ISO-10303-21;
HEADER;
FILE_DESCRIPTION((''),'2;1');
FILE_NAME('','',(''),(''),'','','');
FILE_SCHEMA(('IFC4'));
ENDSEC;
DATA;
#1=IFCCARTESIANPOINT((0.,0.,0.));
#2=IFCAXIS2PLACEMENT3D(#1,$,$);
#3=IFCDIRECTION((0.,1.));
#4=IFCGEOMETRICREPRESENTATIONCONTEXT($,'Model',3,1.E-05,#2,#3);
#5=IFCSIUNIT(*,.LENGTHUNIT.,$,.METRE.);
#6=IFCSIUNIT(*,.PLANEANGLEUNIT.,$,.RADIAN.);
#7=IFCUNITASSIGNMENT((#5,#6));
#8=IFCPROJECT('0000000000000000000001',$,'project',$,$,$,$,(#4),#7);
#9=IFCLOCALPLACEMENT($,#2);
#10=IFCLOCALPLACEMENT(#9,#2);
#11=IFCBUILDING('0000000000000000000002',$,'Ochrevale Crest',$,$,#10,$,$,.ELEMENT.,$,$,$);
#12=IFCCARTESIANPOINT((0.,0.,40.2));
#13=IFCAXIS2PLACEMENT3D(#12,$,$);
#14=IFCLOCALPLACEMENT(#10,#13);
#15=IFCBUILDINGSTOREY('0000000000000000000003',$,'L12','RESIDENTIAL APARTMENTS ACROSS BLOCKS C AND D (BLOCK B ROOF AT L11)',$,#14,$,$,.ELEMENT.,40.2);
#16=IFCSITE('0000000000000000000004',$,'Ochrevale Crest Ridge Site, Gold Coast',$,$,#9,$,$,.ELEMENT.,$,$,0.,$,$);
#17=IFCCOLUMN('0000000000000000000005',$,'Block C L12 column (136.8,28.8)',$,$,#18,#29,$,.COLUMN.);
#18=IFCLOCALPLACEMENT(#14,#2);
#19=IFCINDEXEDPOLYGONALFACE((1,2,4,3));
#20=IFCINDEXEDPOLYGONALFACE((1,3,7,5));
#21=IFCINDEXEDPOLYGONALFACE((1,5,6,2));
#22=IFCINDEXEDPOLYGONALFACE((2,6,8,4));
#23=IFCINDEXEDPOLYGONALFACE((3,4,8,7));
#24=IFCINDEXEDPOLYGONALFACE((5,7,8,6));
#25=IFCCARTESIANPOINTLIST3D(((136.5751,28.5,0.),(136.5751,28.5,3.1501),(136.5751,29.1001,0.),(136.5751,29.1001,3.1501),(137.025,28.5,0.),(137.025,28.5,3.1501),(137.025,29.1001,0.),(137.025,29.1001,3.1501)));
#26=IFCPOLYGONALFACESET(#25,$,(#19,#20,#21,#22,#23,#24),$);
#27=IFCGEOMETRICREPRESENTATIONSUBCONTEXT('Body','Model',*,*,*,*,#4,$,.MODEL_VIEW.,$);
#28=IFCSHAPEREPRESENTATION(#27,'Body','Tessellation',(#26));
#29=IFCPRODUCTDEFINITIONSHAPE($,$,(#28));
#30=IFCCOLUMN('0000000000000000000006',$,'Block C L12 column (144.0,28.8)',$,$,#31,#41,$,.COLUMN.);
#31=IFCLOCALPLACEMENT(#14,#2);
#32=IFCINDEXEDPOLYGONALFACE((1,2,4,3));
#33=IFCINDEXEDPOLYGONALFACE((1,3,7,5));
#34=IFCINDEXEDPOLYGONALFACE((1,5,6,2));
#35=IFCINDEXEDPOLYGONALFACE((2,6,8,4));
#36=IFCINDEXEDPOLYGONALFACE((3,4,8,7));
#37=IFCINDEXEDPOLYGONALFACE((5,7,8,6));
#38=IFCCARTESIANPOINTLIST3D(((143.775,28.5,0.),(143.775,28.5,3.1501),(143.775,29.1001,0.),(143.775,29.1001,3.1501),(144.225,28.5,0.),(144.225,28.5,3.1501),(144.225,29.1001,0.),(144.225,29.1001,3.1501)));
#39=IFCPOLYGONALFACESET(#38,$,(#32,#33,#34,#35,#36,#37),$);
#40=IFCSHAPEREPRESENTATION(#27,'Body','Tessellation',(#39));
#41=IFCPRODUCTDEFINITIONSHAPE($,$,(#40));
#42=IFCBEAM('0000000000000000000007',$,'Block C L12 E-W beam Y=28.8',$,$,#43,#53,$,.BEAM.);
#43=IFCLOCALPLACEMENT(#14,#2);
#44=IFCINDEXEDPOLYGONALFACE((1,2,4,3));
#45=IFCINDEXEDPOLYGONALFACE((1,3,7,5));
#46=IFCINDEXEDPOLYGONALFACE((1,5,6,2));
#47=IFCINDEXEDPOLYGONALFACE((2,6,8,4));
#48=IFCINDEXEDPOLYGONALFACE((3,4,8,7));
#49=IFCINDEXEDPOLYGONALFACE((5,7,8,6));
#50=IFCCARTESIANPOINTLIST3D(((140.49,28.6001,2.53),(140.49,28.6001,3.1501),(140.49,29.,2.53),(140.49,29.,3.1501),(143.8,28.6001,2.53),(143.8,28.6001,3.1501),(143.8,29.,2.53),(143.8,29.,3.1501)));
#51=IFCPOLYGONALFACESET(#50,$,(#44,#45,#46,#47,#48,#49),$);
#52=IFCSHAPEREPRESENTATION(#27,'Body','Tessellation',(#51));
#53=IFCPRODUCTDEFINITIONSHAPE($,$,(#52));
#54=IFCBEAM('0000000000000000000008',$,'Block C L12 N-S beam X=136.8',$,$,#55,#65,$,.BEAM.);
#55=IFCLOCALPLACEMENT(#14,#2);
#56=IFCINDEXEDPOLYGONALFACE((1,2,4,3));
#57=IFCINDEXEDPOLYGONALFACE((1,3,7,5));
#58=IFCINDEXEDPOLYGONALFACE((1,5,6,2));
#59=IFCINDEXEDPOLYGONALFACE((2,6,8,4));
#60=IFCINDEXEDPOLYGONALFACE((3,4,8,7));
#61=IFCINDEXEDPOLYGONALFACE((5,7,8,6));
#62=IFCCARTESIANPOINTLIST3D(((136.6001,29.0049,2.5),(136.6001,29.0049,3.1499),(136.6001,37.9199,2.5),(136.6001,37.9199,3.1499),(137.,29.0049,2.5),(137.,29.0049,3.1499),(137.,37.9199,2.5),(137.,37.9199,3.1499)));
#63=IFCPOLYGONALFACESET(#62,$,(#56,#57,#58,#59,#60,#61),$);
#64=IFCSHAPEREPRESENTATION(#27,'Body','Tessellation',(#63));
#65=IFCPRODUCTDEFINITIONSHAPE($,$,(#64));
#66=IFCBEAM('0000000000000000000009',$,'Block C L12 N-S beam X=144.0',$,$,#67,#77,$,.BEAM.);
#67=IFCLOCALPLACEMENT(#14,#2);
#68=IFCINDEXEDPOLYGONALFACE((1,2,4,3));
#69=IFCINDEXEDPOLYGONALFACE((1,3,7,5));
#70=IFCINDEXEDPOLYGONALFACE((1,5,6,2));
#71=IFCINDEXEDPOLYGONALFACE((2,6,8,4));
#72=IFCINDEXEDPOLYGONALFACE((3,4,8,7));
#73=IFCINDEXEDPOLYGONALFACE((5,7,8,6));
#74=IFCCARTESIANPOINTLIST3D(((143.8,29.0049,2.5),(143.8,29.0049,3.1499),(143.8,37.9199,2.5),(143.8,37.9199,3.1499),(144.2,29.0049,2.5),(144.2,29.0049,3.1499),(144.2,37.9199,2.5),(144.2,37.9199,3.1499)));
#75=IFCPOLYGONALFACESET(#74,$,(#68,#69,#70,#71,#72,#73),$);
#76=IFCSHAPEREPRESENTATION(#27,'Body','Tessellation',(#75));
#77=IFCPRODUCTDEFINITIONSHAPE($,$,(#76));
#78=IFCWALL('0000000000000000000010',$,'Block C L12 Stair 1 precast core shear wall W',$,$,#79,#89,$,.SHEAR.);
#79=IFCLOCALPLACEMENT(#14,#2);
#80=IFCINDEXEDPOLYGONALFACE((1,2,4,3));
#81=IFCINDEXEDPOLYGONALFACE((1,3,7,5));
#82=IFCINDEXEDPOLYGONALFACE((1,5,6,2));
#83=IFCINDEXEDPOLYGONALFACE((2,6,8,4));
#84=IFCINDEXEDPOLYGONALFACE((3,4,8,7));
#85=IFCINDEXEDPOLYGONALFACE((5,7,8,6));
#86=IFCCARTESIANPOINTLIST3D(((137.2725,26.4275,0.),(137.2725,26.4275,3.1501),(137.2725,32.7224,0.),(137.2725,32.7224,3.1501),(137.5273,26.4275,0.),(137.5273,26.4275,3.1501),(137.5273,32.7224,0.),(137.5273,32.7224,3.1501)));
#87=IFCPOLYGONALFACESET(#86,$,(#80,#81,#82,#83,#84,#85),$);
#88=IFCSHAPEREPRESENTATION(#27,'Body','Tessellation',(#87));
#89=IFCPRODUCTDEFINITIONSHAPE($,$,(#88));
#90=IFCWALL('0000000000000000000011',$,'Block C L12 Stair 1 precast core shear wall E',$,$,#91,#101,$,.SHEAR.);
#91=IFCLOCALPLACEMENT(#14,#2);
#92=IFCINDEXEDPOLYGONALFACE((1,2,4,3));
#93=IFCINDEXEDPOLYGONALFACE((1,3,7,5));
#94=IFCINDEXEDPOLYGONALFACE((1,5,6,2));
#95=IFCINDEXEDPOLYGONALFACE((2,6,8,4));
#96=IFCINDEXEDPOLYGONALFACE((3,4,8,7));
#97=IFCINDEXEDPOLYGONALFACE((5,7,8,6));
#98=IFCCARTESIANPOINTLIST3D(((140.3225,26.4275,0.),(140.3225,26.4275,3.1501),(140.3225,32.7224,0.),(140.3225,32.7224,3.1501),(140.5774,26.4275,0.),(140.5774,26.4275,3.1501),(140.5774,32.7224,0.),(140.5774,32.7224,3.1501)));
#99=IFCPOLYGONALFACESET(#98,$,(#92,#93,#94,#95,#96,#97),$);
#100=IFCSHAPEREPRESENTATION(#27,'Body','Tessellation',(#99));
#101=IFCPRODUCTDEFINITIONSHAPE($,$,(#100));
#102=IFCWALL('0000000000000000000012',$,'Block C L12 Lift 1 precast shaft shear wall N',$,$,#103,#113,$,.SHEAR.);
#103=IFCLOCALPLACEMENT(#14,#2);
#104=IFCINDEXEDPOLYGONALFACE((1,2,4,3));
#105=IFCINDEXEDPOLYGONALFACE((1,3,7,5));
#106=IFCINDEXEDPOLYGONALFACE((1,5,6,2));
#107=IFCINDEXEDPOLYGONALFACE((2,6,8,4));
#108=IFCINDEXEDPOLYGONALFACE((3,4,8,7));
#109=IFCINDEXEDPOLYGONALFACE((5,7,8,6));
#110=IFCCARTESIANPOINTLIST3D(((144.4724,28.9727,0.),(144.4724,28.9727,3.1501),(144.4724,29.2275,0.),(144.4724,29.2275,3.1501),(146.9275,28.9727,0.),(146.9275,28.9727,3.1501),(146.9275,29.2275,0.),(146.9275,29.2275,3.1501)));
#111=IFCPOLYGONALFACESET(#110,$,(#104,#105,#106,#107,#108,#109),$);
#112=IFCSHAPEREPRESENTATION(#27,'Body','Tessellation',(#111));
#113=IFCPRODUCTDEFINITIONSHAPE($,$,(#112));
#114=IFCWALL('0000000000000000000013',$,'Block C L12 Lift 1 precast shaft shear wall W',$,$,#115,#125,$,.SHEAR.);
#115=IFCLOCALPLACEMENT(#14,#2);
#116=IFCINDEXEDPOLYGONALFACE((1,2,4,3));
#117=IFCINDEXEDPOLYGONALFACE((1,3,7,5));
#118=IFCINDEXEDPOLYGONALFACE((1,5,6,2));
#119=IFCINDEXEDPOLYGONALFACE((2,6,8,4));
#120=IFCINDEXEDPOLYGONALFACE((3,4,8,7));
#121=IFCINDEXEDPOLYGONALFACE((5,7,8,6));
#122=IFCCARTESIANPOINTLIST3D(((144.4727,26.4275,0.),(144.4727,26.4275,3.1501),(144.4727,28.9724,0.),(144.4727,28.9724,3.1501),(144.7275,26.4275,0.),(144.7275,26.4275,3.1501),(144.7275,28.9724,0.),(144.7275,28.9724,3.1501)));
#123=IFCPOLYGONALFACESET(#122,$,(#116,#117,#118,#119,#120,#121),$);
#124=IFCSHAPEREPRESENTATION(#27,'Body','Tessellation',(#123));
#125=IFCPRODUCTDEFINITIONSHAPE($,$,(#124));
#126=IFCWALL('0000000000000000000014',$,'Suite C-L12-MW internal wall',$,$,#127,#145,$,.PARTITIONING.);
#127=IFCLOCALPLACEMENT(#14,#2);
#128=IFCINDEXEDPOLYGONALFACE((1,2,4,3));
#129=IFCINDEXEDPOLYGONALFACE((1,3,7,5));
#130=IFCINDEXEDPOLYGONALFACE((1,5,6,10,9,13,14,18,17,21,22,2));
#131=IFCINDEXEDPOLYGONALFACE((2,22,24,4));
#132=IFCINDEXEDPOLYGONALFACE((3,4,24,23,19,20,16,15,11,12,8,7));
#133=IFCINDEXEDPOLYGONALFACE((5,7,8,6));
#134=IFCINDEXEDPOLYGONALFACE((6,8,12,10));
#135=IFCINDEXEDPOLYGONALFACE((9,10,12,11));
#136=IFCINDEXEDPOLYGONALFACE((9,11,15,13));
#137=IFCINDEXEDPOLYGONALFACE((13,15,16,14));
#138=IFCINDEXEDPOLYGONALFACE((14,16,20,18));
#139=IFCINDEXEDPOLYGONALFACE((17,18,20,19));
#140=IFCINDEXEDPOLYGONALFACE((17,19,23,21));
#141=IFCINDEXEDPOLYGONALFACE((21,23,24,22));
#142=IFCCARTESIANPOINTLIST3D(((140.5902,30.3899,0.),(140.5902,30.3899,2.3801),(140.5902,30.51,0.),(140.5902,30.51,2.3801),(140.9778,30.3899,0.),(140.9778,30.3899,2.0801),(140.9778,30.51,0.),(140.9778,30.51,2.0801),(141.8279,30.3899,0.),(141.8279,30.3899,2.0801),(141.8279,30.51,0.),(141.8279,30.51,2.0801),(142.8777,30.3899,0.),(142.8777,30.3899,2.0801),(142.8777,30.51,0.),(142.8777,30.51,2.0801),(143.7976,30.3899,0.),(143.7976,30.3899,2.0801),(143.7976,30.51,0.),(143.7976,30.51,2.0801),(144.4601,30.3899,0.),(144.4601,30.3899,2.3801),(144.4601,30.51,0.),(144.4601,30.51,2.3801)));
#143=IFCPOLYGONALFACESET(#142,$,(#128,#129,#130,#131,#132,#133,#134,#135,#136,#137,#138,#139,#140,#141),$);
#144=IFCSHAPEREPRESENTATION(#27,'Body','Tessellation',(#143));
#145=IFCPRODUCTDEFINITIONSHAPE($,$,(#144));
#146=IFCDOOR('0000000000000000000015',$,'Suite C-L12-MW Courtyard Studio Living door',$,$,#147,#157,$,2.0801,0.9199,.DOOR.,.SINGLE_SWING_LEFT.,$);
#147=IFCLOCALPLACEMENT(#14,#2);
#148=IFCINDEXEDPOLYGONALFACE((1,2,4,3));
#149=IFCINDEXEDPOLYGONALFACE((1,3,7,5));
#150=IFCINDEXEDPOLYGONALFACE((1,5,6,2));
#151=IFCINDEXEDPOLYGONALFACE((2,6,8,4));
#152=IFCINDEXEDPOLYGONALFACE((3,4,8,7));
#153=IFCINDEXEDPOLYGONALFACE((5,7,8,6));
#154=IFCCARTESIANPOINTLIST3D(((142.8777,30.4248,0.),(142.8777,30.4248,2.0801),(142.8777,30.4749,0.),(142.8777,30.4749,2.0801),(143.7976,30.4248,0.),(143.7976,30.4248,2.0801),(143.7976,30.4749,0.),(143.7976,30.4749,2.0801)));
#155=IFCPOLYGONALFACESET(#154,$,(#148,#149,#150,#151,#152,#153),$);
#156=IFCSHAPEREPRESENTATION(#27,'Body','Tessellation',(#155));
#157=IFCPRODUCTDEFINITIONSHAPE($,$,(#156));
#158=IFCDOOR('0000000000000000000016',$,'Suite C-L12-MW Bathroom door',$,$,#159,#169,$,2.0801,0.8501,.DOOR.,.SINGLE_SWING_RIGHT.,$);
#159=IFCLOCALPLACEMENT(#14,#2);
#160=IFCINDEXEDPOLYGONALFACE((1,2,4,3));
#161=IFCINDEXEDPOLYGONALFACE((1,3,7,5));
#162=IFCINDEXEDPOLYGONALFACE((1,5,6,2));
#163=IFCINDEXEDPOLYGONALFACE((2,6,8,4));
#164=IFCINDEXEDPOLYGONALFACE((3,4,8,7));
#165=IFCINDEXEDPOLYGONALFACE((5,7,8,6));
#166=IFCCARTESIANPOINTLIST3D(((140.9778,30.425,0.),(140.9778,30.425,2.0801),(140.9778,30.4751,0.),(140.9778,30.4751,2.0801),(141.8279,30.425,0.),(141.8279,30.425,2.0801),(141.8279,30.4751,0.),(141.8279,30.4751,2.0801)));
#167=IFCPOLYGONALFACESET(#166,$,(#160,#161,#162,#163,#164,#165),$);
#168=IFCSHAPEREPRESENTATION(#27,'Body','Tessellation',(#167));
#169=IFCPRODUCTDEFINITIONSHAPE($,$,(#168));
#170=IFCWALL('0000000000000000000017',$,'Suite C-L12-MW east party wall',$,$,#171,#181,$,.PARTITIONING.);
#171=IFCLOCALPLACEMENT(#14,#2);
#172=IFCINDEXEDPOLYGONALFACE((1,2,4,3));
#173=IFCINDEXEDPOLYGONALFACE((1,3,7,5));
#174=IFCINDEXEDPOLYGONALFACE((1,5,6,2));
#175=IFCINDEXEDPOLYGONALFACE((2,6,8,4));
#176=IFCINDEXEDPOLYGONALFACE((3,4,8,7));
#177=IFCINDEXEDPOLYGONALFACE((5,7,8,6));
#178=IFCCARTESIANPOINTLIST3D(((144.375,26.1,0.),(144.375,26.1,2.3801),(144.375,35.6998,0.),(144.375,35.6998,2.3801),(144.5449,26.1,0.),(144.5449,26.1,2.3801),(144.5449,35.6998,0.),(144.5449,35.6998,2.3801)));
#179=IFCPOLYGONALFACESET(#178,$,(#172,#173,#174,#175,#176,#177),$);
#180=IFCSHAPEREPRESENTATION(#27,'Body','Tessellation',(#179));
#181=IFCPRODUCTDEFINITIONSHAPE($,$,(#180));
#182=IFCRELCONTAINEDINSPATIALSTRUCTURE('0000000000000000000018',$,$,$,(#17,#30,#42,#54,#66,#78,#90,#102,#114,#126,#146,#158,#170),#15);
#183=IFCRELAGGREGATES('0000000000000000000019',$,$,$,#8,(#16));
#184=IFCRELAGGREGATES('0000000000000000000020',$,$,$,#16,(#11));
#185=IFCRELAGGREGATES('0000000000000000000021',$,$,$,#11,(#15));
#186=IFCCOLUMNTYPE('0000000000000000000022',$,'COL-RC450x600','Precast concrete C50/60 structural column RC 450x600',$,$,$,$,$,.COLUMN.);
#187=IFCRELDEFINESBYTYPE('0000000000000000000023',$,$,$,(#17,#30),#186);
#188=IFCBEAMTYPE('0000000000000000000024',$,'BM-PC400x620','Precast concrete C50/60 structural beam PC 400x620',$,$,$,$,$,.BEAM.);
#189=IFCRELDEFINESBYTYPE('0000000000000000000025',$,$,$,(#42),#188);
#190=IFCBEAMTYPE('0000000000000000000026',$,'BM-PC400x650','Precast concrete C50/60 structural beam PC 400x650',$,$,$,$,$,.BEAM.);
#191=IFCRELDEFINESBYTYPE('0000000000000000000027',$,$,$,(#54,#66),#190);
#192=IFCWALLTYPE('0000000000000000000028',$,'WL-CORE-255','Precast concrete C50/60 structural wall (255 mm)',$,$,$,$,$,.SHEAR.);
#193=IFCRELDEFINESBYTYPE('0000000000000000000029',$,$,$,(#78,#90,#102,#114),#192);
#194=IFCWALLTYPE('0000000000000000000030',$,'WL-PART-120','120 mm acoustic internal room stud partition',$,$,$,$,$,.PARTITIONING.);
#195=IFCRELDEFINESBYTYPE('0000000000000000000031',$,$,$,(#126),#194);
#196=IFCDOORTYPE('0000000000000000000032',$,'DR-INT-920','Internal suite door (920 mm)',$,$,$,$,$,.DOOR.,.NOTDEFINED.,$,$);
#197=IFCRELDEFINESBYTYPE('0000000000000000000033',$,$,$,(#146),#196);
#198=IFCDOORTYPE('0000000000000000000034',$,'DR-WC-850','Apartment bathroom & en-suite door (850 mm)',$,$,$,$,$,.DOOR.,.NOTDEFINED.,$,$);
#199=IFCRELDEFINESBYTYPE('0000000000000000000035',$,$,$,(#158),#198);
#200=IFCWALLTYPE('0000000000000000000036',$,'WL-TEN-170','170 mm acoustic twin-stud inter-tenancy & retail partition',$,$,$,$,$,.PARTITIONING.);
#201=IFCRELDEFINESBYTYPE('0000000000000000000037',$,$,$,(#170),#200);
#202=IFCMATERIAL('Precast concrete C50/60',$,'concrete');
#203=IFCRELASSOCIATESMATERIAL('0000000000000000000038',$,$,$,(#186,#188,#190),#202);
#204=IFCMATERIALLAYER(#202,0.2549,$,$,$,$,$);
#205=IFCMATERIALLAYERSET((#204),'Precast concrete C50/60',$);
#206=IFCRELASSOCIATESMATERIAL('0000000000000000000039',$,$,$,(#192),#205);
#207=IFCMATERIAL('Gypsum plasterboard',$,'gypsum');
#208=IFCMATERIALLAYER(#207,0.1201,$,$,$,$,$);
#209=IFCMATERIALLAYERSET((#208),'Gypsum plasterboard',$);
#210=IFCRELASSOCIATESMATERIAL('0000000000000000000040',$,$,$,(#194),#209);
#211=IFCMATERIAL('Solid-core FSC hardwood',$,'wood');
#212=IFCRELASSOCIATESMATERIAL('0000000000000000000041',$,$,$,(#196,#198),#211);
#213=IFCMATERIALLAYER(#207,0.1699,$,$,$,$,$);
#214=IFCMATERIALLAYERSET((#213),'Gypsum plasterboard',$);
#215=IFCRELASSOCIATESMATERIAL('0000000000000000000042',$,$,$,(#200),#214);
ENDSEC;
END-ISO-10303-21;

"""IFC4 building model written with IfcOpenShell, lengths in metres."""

from ifc_helpers import new_model, si_unit, direction, frame, frame_2d, origin, origin_2d, place, context, subcontext, project, spatial, rectangle, extrude, material, layer, layer_set, material_profile, profile_set, type_object, element, fill, save


model = new_model("IFC4")

# Units and contexts
model_context = context("Model", 3, precision=1e-05, world=origin(), true_north=direction((0.0, 1.0)))
body_context = subcontext(model_context, "Body", "Model", "MODEL_VIEW")
ifc_project = project(units=[si_unit("LENGTHUNIT", "METRE"), si_unit("PLANEANGLEUNIT", "RADIAN")], contexts=[model_context])

# Site, building, storey
site_placement = place(None, origin())
site = spatial("IfcSite", under=ifc_project, at=site_placement, Name="Ochrevale Crest Ridge Site, Gold Coast", CompositionType="ELEMENT", RefElevation=0.0)
building_placement = place(site_placement, origin())
building = spatial("IfcBuilding", under=site, at=building_placement, Name="Ochrevale Crest", CompositionType="ELEMENT")
storey_placement = place(building_placement, frame((0.0, 0.0, 40.2)))
storey = spatial("IfcBuildingStorey", under=building, at=storey_placement, Name="L12", Description="RESIDENTIAL APARTMENTS ACROSS BLOCKS C AND D (BLOCK B ROOF AT L11)", CompositionType="ELEMENT", Elevation=40.2)

# Columns
ifc_material_1 = material(Name="Precast concrete C50/60", Category="concrete")
ifc_material_profile_1 = material_profile(ifc_material_1, rectangle(XDim=0.45, YDim=0.6001, at=origin_2d()), Name="RC 450x600")
ifc_profile_set_1 = profile_set([ifc_material_profile_1], Name="Precast concrete C50/60")
column_type = type_object("IfcColumnType", Name="COL-RC450x600", Description="Precast concrete C50/60 structural column RC 450x600", PredefinedType="COLUMN", material=ifc_profile_set_1)
for number, where, z_axis, x_axis, name in (
    (1, (136.8, 28.8, 0.0), (0.0, 0.0, 1.0), (1.0, 0.0, 0.0), "Block C L12 column (136.8,28.8)"),
    (2, (144.0, 28.8, 0.0), (0.0, 0.0, 1.0), (1.0, 0.0, 0.0), "Block C L12 column (144.0,28.8)"),
):
    element("IfcColumn", number, at=place(storey_placement, frame(where, z_axis=z_axis, x_axis=x_axis)), inside=storey, type_object=column_type, Name=name, PredefinedType="COLUMN", context=body_context, shape_type="SweptSolid", body=[
        extrude(rectangle(XDim=0.45, YDim=0.6001, at=origin_2d()), origin(), (0.0, 0.0, 1.0), 3.1501),
    ])

# Beams
ifc_material_profile_2 = material_profile(ifc_material_1, rectangle(XDim=0.3999, YDim=0.6201, at=origin_2d()), Name="PC 400x620")
ifc_profile_set_2 = profile_set([ifc_material_profile_2], Name="Precast concrete C50/60")
beam_type_1 = type_object("IfcBeamType", Name="BM-PC400x620", Description="Precast concrete C50/60 structural beam PC 400x620", PredefinedType="BEAM", material=ifc_profile_set_2)
beam_placement = place(storey_placement, frame((140.49, 28.8, 2.8401), z_axis=(1.0, 0.0, 0.0), x_axis=(0.0, 1.0, 0.0)))
element("IfcBeam", 3, at=beam_placement, inside=storey, type_object=beam_type_1, Name="Block C L12 E-W beam Y=28.8", PredefinedType="BEAM", context=body_context, shape_type="SweptSolid", body=[
    extrude(rectangle(XDim=0.3999, YDim=0.6201, at=origin_2d()), origin(), (0.0, 0.0, 1.0), 3.3101),
])
ifc_material_profile_3 = material_profile(ifc_material_1, rectangle(XDim=0.3999, YDim=0.6499, at=origin_2d()), Name="PC 400x650")
ifc_profile_set_3 = profile_set([ifc_material_profile_3], Name="Precast concrete C50/60")
beam_type_2 = type_object("IfcBeamType", Name="BM-PC400x650", Description="Precast concrete C50/60 structural beam PC 400x650", PredefinedType="BEAM", material=ifc_profile_set_3)
for number, where, z_axis, x_axis, name in (
    (4, (136.8, 29.0049, 2.825), (0.0, 1.0, 0.0), (-1.0, 0.0, 0.0), "Block C L12 N-S beam X=136.8"),
    (5, (144.0, 29.0049, 2.825), (0.0, 1.0, 0.0), (-1.0, 0.0, 0.0), "Block C L12 N-S beam X=144.0"),
):
    element("IfcBeam", number, at=place(storey_placement, frame(where, z_axis=z_axis, x_axis=x_axis)), inside=storey, type_object=beam_type_2, Name=name, PredefinedType="BEAM", context=body_context, shape_type="SweptSolid", body=[
        extrude(rectangle(XDim=0.3999, YDim=0.6499, at=origin_2d()), origin(), (0.0, 0.0, 1.0), 8.915),
    ])

# Shared definitions
ifc_layer_1 = layer(ifc_material_1, 0.2549)
ifc_layer_set_1 = layer_set([ifc_layer_1], Name="Precast concrete C50/60")
wall_type_1 = type_object("IfcWallType", Name="WL-CORE-255", Description="Precast concrete C50/60 structural wall (255 mm)", PredefinedType="SHEAR", material=ifc_layer_set_1)
ifc_material_2 = material(Name="Solid-core FSC hardwood", Category="wood")

# Walls
for number, where, z_axis, x_axis, name in (
    (6, (137.3999, 26.4275, 0.0), (0.0, 0.0, 1.0), (0.0, 1.0, 0.0), "Block C L12 Stair 1 precast core shear wall W"),
    (7, (140.45, 26.4275, 0.0), (0.0, 0.0, 1.0), (0.0, 1.0, 0.0), "Block C L12 Stair 1 precast core shear wall E"),
):
    element("IfcWall", number, at=place(storey_placement, frame(where, z_axis=z_axis, x_axis=x_axis)), inside=storey, type_object=wall_type_1, Name=name, PredefinedType="SHEAR", context=body_context, shape_type="SweptSolid", body=[
        extrude(rectangle(XDim=6.2949, YDim=0.2549, at=frame_2d((3.1475, 0.0))), origin(), (0.0, 0.0, 1.0), 3.1501),
    ])

# Walls
wall_1_placement = place(storey_placement, frame((144.4724, 29.1001, 0.0), z_axis=(0.0, 0.0, 1.0), x_axis=(1.0, 0.0, 0.0)))
element("IfcWall", 8, at=wall_1_placement, inside=storey, type_object=wall_type_1, Name="Block C L12 Lift 1 precast shaft shear wall N", PredefinedType="SHEAR", context=body_context, shape_type="SweptSolid", body=[
    extrude(rectangle(XDim=2.4551, YDim=0.2549, at=frame_2d((1.2275, 0.0))), origin(), (0.0, 0.0, 1.0), 3.1501),
])
wall_2_placement = place(storey_placement, frame((144.6001, 26.4275, 0.0), z_axis=(0.0, 0.0, 1.0), x_axis=(0.0, 1.0, 0.0)))
element("IfcWall", 9, at=wall_2_placement, inside=storey, type_object=wall_type_1, Name="Block C L12 Lift 1 precast shaft shear wall W", PredefinedType="SHEAR", context=body_context, shape_type="SweptSolid", body=[
    extrude(rectangle(XDim=2.5449, YDim=0.2549, at=frame_2d((1.2725, 0.0))), origin(), (0.0, 0.0, 1.0), 3.1501),
])

# Wall, openings, doors
ifc_material_3 = material(Name="Gypsum plasterboard", Category="gypsum")
ifc_layer_2 = layer(ifc_material_3, 0.1201)
ifc_layer_set_2 = layer_set([ifc_layer_2], Name="Gypsum plasterboard")
wall_type_2 = type_object("IfcWallType", Name="WL-PART-120", Description="120 mm acoustic internal room stud partition", PredefinedType="PARTITIONING", material=ifc_layer_set_2)
wall_3_placement = place(storey_placement, frame((140.5901, 30.45, 0.0), z_axis=(0.0, 0.0, 1.0), x_axis=(1.0, 0.0, 0.0)))
wall_3 = element("IfcWall", 10, at=wall_3_placement, inside=storey, type_object=wall_type_2, Name="Suite C-L12-MW internal wall", PredefinedType="PARTITIONING", context=body_context, shape_type="SweptSolid", body=[
    extrude(rectangle(XDim=3.8699, YDim=0.1201, at=frame_2d((1.9351, 0.0))), origin(), (0.0, 0.0, 1.0), 2.3801),
])
opening_1_placement = place(wall_3_placement, frame((1.2378, 0.0, 0.0), z_axis=(0.0, 0.0, 1.0), x_axis=(-1.0, 0.0, 0.0)))
opening_1 = element("IfcOpeningElement", 11, at=opening_1_placement, cuts=wall_3, PredefinedType="OPENING", context=body_context, shape_type="SweptSolid", body=[
    extrude(rectangle(XDim=0.8501, YDim=2.0801, at=frame_2d((0.425, 1.04))), frame((0.0, 0.0701, 0.0), z_axis=(0.0, -1.0, 0.0), x_axis=(1.0, 0.0, 0.0)), (0.0, 0.0, 1.0), 0.1401),
])
opening_2_placement = place(wall_3_placement, frame((2.2876, 0.0, 0.0)))
opening_2 = element("IfcOpeningElement", 12, at=opening_2_placement, cuts=wall_3, PredefinedType="OPENING", context=body_context, shape_type="SweptSolid", body=[
    extrude(rectangle(XDim=0.9199, YDim=2.0801, at=frame_2d((0.46, 1.04))), frame((0.0, 0.0701, 0.0), z_axis=(0.0, -1.0, 0.0), x_axis=(1.0, 0.0, 0.0)), (0.0, 0.0, 1.0), 0.1401),
])
door_type_1 = type_object("IfcDoorType", Name="DR-INT-920", Description="Internal suite door (920 mm)", OperationType="NOTDEFINED", PredefinedType="DOOR", material=ifc_material_2)
door_1_placement = place(opening_2_placement, origin())
door_1 = element("IfcDoor", 13, at=door_1_placement, inside=storey, type_object=door_type_1, Name="Suite C-L12-MW Courtyard Studio Living door", OperationType="SINGLE_SWING_LEFT", OverallHeight=2.0801, OverallWidth=0.9199, PredefinedType="DOOR", context=body_context, shape_type="SweptSolid", body=[
    extrude(rectangle(XDim=0.9199, YDim=2.0801, at=frame_2d((0.46, 1.04))), frame((0.0, 0.0249, 0.0), z_axis=(0.0, -1.0, 0.0), x_axis=(1.0, 0.0, 0.0)), (0.0, 0.0, 1.0), 0.05),
])
fill(opening_2, door_1)
door_type_2 = type_object("IfcDoorType", Name="DR-WC-850", Description="Apartment bathroom & en-suite door (850 mm)", OperationType="NOTDEFINED", PredefinedType="DOOR", material=ifc_material_2)
door_2_placement = place(opening_1_placement, origin())
door_2 = element("IfcDoor", 14, at=door_2_placement, inside=storey, type_object=door_type_2, Name="Suite C-L12-MW Bathroom door", OperationType="SINGLE_SWING_RIGHT", OverallHeight=2.0801, OverallWidth=0.8501, PredefinedType="DOOR", context=body_context, shape_type="SweptSolid", body=[
    extrude(rectangle(XDim=0.8501, YDim=2.0801, at=frame_2d((0.425, 1.04))), frame((0.0, 0.0249, 0.0), z_axis=(0.0, -1.0, 0.0), x_axis=(1.0, 0.0, 0.0)), (0.0, 0.0, 1.0), 0.05),
])
fill(opening_1, door_2)

# Wall
ifc_layer_3 = layer(ifc_material_3, 0.1699)
ifc_layer_set_3 = layer_set([ifc_layer_3], Name="Gypsum plasterboard")
wall_type_3 = type_object("IfcWallType", Name="WL-TEN-170", Description="170 mm acoustic twin-stud inter-tenancy & retail partition", PredefinedType="PARTITIONING", material=ifc_layer_set_3)
wall_4_placement = place(storey_placement, frame((144.46, 26.1001, 0.0), z_axis=(0.0, 0.0, 1.0), x_axis=(0.0, 1.0, 0.0)))
element("IfcWall", 15, at=wall_4_placement, inside=storey, type_object=wall_type_3, Name="Suite C-L12-MW east party wall", PredefinedType="PARTITIONING", context=body_context, shape_type="SweptSolid", body=[
    extrude(rectangle(XDim=9.5999, YDim=0.1699, at=frame_2d((4.7998, 0.0))), origin(), (0.0, 0.0, 1.0), 2.3801),
])

save(model, "model.ifc")
